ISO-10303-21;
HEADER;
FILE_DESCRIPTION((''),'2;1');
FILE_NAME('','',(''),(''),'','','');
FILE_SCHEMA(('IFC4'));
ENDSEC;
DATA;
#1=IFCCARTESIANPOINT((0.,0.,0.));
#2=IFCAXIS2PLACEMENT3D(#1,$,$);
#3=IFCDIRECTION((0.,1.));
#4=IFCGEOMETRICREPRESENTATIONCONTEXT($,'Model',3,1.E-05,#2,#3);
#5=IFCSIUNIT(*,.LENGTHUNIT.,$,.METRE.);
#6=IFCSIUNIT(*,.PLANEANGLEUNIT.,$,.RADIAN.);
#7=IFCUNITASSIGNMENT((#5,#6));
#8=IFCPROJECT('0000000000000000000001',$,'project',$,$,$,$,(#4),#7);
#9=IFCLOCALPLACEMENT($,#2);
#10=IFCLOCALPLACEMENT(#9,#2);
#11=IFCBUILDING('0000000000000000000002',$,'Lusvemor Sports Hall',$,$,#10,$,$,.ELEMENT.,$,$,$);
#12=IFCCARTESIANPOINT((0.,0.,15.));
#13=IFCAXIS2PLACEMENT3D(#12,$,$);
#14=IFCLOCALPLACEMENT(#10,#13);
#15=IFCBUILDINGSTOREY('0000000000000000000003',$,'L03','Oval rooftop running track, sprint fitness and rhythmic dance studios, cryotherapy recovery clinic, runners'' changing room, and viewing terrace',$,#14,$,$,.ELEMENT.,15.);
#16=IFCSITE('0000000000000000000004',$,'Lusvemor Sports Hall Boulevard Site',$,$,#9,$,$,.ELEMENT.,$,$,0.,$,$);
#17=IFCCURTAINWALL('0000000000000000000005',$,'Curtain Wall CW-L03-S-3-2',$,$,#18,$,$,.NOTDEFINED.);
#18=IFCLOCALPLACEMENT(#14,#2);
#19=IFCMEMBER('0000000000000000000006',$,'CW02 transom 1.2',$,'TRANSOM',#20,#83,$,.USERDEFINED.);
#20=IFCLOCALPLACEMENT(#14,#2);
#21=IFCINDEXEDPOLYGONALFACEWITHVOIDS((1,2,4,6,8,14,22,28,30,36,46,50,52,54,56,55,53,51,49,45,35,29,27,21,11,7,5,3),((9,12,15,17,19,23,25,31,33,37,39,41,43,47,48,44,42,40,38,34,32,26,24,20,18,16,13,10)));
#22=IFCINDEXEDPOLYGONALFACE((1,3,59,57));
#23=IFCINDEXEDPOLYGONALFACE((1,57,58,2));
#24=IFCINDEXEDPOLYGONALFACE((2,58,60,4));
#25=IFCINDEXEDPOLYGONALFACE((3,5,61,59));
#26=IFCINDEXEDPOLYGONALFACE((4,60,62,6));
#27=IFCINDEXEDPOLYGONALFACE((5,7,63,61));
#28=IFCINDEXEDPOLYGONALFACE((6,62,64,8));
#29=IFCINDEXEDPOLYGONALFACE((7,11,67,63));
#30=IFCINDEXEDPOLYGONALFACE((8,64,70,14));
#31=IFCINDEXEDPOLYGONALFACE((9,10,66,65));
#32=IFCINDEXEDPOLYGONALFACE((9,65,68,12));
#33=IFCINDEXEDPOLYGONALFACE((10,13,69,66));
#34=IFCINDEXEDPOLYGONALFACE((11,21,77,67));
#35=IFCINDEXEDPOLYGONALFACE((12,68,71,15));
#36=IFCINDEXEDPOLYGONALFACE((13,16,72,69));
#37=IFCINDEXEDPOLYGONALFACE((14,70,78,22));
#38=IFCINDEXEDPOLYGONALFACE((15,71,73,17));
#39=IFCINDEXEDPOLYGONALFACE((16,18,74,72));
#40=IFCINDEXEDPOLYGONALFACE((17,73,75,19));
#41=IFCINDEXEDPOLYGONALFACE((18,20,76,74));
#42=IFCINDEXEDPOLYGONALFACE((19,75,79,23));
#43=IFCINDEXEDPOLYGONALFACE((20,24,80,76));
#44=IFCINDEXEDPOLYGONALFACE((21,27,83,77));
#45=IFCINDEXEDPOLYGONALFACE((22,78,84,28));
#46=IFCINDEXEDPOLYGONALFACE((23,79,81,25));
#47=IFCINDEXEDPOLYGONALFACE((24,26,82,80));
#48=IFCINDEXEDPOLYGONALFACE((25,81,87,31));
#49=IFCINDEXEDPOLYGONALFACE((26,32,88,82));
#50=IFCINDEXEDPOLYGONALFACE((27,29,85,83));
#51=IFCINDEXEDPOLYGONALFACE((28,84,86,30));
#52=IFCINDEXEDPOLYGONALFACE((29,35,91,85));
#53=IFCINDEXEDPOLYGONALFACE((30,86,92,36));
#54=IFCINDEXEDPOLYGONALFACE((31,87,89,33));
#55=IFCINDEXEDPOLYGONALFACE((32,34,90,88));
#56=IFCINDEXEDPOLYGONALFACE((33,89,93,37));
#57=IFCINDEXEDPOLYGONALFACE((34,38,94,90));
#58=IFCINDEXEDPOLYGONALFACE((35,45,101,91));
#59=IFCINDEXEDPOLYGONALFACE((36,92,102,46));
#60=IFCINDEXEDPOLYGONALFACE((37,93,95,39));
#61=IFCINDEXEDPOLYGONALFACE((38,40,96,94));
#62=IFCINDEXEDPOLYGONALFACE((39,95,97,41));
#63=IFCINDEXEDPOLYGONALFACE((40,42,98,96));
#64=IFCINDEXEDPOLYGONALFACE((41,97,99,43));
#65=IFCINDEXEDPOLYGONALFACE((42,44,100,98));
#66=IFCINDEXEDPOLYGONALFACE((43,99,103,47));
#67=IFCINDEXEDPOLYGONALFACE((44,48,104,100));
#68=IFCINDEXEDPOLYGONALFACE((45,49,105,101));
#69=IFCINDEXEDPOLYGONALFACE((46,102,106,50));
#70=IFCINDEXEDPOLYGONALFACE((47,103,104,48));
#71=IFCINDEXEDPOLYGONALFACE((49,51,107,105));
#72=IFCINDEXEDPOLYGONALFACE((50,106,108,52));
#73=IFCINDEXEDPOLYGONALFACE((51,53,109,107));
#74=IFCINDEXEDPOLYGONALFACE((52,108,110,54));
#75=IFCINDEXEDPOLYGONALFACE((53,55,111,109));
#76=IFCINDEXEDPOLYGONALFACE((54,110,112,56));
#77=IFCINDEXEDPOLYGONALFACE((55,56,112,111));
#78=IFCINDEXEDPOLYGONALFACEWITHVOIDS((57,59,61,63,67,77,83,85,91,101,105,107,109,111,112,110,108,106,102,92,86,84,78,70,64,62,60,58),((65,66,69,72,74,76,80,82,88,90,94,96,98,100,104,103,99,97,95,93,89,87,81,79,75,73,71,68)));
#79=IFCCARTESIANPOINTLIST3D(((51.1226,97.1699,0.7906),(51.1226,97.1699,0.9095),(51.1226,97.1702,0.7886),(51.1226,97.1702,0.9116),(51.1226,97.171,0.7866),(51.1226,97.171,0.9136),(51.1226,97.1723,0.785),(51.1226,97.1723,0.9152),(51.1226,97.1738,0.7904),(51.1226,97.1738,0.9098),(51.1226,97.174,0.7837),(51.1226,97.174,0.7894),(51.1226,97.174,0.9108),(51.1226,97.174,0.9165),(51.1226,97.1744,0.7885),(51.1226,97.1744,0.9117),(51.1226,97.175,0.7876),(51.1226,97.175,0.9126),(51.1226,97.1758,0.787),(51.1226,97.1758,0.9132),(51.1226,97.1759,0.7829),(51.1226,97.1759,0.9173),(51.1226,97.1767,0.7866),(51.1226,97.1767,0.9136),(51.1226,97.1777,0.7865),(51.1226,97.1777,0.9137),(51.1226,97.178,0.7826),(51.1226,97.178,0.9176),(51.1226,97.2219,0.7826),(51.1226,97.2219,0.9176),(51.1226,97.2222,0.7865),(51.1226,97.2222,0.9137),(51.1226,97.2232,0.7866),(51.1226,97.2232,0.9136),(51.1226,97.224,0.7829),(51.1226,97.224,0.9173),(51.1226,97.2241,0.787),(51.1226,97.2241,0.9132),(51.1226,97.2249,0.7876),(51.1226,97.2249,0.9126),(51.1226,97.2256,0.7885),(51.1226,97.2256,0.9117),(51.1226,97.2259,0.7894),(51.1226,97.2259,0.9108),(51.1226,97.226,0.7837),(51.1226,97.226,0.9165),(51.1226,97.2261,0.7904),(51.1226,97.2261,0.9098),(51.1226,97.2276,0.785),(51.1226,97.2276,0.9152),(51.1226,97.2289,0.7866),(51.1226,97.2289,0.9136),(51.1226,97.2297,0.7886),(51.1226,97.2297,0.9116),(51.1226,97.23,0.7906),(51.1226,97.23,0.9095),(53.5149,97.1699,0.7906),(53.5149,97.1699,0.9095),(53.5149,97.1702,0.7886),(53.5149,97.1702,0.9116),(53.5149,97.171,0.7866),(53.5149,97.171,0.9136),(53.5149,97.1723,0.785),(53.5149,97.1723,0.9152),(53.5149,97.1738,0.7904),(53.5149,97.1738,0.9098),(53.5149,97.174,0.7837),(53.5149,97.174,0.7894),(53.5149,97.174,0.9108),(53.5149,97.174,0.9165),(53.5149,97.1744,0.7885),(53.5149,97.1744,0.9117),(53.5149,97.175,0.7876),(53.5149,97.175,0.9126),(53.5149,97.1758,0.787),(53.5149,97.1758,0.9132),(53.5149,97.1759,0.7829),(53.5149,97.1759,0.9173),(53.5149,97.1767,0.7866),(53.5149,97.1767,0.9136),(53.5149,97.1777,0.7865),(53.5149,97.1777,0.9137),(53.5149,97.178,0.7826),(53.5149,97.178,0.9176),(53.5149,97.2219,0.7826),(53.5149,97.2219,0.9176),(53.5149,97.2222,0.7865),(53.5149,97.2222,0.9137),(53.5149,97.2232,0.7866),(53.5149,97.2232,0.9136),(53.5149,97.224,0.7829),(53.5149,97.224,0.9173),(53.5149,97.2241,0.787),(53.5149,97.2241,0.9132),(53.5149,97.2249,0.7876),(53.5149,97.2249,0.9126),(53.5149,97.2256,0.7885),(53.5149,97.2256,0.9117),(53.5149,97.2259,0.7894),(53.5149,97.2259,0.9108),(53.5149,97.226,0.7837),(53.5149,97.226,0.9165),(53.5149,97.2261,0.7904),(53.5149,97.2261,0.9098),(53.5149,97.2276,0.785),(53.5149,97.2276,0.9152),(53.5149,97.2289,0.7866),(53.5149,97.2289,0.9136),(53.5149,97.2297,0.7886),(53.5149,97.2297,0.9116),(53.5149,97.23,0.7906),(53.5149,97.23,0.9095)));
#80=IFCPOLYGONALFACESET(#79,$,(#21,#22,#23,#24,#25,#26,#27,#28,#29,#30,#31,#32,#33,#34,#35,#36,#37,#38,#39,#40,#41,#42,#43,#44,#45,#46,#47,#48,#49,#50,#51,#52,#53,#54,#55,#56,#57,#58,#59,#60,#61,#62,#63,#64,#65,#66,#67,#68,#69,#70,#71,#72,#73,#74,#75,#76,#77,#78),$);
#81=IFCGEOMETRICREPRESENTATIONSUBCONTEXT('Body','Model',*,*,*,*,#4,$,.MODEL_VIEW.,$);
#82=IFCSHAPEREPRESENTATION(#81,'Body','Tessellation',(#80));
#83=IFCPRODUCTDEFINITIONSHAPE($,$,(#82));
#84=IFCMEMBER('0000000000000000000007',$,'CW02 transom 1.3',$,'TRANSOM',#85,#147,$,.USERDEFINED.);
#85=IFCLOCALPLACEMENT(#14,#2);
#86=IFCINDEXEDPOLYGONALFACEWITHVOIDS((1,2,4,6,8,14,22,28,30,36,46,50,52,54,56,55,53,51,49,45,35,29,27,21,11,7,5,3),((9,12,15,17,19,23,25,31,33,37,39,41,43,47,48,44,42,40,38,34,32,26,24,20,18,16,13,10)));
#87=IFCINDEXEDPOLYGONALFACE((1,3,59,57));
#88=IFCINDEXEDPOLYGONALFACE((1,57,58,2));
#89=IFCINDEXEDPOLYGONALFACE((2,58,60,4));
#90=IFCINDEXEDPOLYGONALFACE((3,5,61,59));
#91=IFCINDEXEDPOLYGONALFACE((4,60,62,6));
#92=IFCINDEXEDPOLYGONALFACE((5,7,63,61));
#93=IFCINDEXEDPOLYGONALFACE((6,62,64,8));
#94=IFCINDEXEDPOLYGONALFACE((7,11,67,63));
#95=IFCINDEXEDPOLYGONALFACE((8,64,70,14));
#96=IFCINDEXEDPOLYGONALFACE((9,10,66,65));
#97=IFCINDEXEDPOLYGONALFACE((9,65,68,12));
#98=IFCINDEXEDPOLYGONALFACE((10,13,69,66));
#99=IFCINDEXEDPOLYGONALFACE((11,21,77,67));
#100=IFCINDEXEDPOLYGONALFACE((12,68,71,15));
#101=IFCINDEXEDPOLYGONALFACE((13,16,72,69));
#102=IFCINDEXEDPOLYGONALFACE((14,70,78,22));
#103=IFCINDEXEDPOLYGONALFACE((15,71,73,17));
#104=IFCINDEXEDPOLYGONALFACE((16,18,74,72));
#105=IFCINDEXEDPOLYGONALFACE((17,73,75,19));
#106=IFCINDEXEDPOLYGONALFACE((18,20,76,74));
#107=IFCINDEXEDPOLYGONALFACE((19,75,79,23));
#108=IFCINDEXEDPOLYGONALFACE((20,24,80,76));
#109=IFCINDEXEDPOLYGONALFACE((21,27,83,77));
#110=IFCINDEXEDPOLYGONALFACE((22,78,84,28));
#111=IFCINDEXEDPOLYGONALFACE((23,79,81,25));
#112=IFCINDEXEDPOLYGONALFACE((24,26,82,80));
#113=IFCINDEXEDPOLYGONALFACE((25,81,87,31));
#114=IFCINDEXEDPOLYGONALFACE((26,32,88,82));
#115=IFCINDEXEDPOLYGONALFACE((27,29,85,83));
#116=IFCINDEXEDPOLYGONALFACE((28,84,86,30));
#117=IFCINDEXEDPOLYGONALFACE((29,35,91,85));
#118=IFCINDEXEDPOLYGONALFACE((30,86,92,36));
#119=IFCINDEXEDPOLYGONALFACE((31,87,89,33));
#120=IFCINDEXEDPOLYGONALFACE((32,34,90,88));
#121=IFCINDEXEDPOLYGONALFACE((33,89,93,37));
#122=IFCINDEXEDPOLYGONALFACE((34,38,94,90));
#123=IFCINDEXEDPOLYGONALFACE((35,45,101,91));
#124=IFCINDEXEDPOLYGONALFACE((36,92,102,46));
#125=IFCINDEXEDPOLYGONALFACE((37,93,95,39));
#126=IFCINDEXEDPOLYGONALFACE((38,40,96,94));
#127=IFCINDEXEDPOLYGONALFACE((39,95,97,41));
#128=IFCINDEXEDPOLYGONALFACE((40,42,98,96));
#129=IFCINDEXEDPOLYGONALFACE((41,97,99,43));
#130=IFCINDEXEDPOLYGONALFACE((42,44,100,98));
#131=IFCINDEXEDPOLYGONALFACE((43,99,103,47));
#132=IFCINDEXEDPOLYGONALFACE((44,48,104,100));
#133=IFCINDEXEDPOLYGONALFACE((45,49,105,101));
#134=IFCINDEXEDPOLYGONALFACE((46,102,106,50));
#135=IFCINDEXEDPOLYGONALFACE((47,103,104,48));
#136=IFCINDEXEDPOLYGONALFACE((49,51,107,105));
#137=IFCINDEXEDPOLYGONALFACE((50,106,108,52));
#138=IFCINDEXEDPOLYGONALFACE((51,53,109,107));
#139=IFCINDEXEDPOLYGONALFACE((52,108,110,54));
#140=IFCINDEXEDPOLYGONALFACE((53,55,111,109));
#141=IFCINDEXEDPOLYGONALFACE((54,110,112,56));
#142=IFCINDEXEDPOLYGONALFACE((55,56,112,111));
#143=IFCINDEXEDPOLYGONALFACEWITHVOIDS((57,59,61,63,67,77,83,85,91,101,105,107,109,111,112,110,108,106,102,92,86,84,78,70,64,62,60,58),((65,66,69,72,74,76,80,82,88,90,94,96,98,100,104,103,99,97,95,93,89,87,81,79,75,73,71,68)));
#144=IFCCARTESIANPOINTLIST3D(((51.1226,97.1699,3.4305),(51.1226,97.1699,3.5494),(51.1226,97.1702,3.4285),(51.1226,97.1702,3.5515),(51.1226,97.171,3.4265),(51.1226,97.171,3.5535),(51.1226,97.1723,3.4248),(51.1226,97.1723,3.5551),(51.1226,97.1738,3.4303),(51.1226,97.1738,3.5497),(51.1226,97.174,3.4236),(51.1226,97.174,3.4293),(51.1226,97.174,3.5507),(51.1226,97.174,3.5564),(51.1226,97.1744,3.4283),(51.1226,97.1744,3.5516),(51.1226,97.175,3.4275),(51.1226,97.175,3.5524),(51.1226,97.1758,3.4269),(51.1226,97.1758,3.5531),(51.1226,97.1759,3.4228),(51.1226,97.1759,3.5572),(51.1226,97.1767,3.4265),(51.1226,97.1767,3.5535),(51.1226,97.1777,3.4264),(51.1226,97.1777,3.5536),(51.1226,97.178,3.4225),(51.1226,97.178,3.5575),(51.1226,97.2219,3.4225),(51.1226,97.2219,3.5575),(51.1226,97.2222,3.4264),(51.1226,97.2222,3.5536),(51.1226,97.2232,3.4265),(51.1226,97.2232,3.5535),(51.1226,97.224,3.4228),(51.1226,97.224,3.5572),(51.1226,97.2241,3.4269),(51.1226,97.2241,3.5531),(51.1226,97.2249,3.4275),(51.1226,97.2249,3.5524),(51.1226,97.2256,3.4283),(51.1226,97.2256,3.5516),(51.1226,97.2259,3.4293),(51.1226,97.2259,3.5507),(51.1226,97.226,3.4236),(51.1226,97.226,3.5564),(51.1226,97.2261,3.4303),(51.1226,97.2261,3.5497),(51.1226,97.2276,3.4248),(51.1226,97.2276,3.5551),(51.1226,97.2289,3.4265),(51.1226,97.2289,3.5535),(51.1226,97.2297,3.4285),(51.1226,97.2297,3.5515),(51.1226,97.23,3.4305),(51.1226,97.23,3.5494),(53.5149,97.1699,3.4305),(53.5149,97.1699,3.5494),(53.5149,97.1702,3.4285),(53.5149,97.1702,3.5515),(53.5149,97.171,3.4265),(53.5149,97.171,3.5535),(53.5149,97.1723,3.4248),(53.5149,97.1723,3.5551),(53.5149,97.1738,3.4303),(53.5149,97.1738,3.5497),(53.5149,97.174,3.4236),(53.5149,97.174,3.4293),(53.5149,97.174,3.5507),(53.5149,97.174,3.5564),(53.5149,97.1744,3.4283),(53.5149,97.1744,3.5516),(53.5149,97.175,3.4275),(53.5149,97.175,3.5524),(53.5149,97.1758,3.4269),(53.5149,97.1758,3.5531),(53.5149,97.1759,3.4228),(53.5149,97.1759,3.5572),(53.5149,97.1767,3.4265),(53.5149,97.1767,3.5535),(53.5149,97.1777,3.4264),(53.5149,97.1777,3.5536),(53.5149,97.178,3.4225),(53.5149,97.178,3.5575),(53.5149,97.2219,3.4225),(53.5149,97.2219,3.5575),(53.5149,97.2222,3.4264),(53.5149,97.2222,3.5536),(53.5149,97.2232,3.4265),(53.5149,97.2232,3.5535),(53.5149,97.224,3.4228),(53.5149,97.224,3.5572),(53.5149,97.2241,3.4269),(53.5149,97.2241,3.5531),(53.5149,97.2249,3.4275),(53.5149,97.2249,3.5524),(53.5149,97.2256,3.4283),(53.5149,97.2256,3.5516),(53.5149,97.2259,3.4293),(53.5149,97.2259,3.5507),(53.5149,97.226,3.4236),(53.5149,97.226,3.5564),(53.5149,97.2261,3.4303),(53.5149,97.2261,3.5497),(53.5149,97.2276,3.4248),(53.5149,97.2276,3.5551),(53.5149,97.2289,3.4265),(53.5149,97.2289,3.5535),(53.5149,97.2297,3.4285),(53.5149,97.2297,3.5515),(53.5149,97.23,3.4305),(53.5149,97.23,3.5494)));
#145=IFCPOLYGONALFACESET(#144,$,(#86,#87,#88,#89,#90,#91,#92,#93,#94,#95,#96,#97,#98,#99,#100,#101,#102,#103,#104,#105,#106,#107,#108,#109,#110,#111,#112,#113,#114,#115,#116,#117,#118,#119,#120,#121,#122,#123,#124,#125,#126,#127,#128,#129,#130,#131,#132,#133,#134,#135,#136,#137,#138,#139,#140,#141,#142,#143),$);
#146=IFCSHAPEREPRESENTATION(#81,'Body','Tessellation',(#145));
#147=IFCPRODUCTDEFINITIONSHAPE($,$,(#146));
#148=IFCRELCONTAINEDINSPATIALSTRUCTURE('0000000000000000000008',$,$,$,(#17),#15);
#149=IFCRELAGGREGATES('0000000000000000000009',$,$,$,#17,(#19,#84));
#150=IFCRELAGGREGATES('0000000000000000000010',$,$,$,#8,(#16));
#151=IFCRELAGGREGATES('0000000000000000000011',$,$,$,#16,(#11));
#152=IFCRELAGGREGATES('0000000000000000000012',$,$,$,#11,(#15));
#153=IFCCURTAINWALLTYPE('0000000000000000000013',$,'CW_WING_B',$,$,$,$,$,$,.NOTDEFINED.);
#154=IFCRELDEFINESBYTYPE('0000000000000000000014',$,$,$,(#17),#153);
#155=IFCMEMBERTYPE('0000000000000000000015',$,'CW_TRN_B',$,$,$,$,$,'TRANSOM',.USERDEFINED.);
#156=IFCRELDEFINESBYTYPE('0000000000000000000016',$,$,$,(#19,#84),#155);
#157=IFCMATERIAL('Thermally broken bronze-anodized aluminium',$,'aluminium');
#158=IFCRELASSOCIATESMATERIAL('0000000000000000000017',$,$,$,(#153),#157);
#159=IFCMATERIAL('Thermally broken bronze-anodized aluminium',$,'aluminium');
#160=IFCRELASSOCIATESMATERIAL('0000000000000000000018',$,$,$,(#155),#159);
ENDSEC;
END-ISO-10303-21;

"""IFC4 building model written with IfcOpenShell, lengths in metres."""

from ifc_helpers import new_model, si_unit, direction, frame, origin, origin_2d, place, context, subcontext, project, spatial, hollow_rectangle, extrude, material, material_profile, profile_set, type_object, element, aggregate, save


model = new_model("IFC4")

# Units and contexts
model_context = context("Model", 3, precision=1e-05, world=origin(), true_north=direction((0.0, 1.0)))
body_context = subcontext(model_context, "Body", "Model", "MODEL_VIEW")
ifc_project = project(units=[si_unit("LENGTHUNIT", "METRE"), si_unit("PLANEANGLEUNIT", "RADIAN")], contexts=[model_context])

# Site, building, storey
site_placement = place(None, origin())
site = spatial("IfcSite", under=ifc_project, at=site_placement, Name="Lusvemor Sports Hall Boulevard Site", CompositionType="ELEMENT", RefElevation=0.0)
building_placement = place(site_placement, origin())
building = spatial("IfcBuilding", under=site, at=building_placement, Name="Lusvemor Sports Hall", CompositionType="ELEMENT")
storey_placement = place(building_placement, frame((0.0, 0.0, 15.0)))
storey = spatial("IfcBuildingStorey", under=building, at=storey_placement, Name="L03", Description="Oval rooftop running track, sprint fitness and rhythmic dance studios, cryotherapy recovery clinic, runners' changing room, and viewing terrace", CompositionType="ELEMENT", Elevation=15.0)

# Curtain wall, members
ifc_material_1 = material(Name="Thermally broken bronze-anodized aluminium", Category="aluminium")
curtain_wall_type = type_object("IfcCurtainWallType", Name="CW_WING_B", PredefinedType="NOTDEFINED", material=ifc_material_1)
curtain_wall_placement = place(storey_placement, origin())
curtain_wall = element("IfcCurtainWall", 1, at=curtain_wall_placement, inside=storey, type_object=curtain_wall_type, Name="Curtain Wall CW-L03-S-3-2", PredefinedType="NOTDEFINED")
ifc_material_2 = material(Name="Thermally broken bronze-anodized aluminium", Category="aluminium")
ifc_material_profile_1 = material_profile(ifc_material_2, hollow_rectangle(XDim=0.0601, YDim=0.135, WallThickness=0.0039, InnerFilletRadius=0.0039, OuterFilletRadius=0.0081, at=origin_2d()), Name="CWTRN135x60x4")
ifc_profile_set_1 = profile_set([ifc_material_profile_1], Name="Thermally broken bronze-anodized aluminium")
member_type_1 = type_object("IfcMemberType", Name="CW_TRN_B", ElementType="TRANSOM", PredefinedType="USERDEFINED", material=ifc_profile_set_1)
member_1_placement = place(storey_placement, frame((53.5149, 97.2, 0.8501), z_axis=(-1.0, 0.0, 0.0), x_axis=(0.0, -1.0, 0.0)))
member_1 = element("IfcMember", 2, at=member_1_placement, type_object=member_type_1, Name="CW02 transom 1.2", ObjectType="TRANSOM", PredefinedType="USERDEFINED", context=body_context, shape_type="SweptSolid", body=[
    extrude(hollow_rectangle(XDim=0.0601, YDim=0.135, WallThickness=0.0039, InnerFilletRadius=0.0039, OuterFilletRadius=0.0081, at=origin_2d()), origin(), (0.0, 0.0, 1.0), 2.3923),
])
member_2_placement = place(storey_placement, frame((53.5149, 97.2, 3.49), z_axis=(-1.0, 0.0, 0.0), x_axis=(0.0, -1.0, 0.0)))
member_2 = element("IfcMember", 3, at=member_2_placement, type_object=member_type_1, Name="CW02 transom 1.3", ObjectType="TRANSOM", PredefinedType="USERDEFINED", context=body_context, shape_type="SweptSolid", body=[
    extrude(hollow_rectangle(XDim=0.0601, YDim=0.135, WallThickness=0.0039, InnerFilletRadius=0.0039, OuterFilletRadius=0.0081, at=origin_2d()), origin(), (0.0, 0.0, 1.0), 2.3923),
])

aggregate(curtain_wall, [member_1, member_2])

save(model, "model.ifc")
